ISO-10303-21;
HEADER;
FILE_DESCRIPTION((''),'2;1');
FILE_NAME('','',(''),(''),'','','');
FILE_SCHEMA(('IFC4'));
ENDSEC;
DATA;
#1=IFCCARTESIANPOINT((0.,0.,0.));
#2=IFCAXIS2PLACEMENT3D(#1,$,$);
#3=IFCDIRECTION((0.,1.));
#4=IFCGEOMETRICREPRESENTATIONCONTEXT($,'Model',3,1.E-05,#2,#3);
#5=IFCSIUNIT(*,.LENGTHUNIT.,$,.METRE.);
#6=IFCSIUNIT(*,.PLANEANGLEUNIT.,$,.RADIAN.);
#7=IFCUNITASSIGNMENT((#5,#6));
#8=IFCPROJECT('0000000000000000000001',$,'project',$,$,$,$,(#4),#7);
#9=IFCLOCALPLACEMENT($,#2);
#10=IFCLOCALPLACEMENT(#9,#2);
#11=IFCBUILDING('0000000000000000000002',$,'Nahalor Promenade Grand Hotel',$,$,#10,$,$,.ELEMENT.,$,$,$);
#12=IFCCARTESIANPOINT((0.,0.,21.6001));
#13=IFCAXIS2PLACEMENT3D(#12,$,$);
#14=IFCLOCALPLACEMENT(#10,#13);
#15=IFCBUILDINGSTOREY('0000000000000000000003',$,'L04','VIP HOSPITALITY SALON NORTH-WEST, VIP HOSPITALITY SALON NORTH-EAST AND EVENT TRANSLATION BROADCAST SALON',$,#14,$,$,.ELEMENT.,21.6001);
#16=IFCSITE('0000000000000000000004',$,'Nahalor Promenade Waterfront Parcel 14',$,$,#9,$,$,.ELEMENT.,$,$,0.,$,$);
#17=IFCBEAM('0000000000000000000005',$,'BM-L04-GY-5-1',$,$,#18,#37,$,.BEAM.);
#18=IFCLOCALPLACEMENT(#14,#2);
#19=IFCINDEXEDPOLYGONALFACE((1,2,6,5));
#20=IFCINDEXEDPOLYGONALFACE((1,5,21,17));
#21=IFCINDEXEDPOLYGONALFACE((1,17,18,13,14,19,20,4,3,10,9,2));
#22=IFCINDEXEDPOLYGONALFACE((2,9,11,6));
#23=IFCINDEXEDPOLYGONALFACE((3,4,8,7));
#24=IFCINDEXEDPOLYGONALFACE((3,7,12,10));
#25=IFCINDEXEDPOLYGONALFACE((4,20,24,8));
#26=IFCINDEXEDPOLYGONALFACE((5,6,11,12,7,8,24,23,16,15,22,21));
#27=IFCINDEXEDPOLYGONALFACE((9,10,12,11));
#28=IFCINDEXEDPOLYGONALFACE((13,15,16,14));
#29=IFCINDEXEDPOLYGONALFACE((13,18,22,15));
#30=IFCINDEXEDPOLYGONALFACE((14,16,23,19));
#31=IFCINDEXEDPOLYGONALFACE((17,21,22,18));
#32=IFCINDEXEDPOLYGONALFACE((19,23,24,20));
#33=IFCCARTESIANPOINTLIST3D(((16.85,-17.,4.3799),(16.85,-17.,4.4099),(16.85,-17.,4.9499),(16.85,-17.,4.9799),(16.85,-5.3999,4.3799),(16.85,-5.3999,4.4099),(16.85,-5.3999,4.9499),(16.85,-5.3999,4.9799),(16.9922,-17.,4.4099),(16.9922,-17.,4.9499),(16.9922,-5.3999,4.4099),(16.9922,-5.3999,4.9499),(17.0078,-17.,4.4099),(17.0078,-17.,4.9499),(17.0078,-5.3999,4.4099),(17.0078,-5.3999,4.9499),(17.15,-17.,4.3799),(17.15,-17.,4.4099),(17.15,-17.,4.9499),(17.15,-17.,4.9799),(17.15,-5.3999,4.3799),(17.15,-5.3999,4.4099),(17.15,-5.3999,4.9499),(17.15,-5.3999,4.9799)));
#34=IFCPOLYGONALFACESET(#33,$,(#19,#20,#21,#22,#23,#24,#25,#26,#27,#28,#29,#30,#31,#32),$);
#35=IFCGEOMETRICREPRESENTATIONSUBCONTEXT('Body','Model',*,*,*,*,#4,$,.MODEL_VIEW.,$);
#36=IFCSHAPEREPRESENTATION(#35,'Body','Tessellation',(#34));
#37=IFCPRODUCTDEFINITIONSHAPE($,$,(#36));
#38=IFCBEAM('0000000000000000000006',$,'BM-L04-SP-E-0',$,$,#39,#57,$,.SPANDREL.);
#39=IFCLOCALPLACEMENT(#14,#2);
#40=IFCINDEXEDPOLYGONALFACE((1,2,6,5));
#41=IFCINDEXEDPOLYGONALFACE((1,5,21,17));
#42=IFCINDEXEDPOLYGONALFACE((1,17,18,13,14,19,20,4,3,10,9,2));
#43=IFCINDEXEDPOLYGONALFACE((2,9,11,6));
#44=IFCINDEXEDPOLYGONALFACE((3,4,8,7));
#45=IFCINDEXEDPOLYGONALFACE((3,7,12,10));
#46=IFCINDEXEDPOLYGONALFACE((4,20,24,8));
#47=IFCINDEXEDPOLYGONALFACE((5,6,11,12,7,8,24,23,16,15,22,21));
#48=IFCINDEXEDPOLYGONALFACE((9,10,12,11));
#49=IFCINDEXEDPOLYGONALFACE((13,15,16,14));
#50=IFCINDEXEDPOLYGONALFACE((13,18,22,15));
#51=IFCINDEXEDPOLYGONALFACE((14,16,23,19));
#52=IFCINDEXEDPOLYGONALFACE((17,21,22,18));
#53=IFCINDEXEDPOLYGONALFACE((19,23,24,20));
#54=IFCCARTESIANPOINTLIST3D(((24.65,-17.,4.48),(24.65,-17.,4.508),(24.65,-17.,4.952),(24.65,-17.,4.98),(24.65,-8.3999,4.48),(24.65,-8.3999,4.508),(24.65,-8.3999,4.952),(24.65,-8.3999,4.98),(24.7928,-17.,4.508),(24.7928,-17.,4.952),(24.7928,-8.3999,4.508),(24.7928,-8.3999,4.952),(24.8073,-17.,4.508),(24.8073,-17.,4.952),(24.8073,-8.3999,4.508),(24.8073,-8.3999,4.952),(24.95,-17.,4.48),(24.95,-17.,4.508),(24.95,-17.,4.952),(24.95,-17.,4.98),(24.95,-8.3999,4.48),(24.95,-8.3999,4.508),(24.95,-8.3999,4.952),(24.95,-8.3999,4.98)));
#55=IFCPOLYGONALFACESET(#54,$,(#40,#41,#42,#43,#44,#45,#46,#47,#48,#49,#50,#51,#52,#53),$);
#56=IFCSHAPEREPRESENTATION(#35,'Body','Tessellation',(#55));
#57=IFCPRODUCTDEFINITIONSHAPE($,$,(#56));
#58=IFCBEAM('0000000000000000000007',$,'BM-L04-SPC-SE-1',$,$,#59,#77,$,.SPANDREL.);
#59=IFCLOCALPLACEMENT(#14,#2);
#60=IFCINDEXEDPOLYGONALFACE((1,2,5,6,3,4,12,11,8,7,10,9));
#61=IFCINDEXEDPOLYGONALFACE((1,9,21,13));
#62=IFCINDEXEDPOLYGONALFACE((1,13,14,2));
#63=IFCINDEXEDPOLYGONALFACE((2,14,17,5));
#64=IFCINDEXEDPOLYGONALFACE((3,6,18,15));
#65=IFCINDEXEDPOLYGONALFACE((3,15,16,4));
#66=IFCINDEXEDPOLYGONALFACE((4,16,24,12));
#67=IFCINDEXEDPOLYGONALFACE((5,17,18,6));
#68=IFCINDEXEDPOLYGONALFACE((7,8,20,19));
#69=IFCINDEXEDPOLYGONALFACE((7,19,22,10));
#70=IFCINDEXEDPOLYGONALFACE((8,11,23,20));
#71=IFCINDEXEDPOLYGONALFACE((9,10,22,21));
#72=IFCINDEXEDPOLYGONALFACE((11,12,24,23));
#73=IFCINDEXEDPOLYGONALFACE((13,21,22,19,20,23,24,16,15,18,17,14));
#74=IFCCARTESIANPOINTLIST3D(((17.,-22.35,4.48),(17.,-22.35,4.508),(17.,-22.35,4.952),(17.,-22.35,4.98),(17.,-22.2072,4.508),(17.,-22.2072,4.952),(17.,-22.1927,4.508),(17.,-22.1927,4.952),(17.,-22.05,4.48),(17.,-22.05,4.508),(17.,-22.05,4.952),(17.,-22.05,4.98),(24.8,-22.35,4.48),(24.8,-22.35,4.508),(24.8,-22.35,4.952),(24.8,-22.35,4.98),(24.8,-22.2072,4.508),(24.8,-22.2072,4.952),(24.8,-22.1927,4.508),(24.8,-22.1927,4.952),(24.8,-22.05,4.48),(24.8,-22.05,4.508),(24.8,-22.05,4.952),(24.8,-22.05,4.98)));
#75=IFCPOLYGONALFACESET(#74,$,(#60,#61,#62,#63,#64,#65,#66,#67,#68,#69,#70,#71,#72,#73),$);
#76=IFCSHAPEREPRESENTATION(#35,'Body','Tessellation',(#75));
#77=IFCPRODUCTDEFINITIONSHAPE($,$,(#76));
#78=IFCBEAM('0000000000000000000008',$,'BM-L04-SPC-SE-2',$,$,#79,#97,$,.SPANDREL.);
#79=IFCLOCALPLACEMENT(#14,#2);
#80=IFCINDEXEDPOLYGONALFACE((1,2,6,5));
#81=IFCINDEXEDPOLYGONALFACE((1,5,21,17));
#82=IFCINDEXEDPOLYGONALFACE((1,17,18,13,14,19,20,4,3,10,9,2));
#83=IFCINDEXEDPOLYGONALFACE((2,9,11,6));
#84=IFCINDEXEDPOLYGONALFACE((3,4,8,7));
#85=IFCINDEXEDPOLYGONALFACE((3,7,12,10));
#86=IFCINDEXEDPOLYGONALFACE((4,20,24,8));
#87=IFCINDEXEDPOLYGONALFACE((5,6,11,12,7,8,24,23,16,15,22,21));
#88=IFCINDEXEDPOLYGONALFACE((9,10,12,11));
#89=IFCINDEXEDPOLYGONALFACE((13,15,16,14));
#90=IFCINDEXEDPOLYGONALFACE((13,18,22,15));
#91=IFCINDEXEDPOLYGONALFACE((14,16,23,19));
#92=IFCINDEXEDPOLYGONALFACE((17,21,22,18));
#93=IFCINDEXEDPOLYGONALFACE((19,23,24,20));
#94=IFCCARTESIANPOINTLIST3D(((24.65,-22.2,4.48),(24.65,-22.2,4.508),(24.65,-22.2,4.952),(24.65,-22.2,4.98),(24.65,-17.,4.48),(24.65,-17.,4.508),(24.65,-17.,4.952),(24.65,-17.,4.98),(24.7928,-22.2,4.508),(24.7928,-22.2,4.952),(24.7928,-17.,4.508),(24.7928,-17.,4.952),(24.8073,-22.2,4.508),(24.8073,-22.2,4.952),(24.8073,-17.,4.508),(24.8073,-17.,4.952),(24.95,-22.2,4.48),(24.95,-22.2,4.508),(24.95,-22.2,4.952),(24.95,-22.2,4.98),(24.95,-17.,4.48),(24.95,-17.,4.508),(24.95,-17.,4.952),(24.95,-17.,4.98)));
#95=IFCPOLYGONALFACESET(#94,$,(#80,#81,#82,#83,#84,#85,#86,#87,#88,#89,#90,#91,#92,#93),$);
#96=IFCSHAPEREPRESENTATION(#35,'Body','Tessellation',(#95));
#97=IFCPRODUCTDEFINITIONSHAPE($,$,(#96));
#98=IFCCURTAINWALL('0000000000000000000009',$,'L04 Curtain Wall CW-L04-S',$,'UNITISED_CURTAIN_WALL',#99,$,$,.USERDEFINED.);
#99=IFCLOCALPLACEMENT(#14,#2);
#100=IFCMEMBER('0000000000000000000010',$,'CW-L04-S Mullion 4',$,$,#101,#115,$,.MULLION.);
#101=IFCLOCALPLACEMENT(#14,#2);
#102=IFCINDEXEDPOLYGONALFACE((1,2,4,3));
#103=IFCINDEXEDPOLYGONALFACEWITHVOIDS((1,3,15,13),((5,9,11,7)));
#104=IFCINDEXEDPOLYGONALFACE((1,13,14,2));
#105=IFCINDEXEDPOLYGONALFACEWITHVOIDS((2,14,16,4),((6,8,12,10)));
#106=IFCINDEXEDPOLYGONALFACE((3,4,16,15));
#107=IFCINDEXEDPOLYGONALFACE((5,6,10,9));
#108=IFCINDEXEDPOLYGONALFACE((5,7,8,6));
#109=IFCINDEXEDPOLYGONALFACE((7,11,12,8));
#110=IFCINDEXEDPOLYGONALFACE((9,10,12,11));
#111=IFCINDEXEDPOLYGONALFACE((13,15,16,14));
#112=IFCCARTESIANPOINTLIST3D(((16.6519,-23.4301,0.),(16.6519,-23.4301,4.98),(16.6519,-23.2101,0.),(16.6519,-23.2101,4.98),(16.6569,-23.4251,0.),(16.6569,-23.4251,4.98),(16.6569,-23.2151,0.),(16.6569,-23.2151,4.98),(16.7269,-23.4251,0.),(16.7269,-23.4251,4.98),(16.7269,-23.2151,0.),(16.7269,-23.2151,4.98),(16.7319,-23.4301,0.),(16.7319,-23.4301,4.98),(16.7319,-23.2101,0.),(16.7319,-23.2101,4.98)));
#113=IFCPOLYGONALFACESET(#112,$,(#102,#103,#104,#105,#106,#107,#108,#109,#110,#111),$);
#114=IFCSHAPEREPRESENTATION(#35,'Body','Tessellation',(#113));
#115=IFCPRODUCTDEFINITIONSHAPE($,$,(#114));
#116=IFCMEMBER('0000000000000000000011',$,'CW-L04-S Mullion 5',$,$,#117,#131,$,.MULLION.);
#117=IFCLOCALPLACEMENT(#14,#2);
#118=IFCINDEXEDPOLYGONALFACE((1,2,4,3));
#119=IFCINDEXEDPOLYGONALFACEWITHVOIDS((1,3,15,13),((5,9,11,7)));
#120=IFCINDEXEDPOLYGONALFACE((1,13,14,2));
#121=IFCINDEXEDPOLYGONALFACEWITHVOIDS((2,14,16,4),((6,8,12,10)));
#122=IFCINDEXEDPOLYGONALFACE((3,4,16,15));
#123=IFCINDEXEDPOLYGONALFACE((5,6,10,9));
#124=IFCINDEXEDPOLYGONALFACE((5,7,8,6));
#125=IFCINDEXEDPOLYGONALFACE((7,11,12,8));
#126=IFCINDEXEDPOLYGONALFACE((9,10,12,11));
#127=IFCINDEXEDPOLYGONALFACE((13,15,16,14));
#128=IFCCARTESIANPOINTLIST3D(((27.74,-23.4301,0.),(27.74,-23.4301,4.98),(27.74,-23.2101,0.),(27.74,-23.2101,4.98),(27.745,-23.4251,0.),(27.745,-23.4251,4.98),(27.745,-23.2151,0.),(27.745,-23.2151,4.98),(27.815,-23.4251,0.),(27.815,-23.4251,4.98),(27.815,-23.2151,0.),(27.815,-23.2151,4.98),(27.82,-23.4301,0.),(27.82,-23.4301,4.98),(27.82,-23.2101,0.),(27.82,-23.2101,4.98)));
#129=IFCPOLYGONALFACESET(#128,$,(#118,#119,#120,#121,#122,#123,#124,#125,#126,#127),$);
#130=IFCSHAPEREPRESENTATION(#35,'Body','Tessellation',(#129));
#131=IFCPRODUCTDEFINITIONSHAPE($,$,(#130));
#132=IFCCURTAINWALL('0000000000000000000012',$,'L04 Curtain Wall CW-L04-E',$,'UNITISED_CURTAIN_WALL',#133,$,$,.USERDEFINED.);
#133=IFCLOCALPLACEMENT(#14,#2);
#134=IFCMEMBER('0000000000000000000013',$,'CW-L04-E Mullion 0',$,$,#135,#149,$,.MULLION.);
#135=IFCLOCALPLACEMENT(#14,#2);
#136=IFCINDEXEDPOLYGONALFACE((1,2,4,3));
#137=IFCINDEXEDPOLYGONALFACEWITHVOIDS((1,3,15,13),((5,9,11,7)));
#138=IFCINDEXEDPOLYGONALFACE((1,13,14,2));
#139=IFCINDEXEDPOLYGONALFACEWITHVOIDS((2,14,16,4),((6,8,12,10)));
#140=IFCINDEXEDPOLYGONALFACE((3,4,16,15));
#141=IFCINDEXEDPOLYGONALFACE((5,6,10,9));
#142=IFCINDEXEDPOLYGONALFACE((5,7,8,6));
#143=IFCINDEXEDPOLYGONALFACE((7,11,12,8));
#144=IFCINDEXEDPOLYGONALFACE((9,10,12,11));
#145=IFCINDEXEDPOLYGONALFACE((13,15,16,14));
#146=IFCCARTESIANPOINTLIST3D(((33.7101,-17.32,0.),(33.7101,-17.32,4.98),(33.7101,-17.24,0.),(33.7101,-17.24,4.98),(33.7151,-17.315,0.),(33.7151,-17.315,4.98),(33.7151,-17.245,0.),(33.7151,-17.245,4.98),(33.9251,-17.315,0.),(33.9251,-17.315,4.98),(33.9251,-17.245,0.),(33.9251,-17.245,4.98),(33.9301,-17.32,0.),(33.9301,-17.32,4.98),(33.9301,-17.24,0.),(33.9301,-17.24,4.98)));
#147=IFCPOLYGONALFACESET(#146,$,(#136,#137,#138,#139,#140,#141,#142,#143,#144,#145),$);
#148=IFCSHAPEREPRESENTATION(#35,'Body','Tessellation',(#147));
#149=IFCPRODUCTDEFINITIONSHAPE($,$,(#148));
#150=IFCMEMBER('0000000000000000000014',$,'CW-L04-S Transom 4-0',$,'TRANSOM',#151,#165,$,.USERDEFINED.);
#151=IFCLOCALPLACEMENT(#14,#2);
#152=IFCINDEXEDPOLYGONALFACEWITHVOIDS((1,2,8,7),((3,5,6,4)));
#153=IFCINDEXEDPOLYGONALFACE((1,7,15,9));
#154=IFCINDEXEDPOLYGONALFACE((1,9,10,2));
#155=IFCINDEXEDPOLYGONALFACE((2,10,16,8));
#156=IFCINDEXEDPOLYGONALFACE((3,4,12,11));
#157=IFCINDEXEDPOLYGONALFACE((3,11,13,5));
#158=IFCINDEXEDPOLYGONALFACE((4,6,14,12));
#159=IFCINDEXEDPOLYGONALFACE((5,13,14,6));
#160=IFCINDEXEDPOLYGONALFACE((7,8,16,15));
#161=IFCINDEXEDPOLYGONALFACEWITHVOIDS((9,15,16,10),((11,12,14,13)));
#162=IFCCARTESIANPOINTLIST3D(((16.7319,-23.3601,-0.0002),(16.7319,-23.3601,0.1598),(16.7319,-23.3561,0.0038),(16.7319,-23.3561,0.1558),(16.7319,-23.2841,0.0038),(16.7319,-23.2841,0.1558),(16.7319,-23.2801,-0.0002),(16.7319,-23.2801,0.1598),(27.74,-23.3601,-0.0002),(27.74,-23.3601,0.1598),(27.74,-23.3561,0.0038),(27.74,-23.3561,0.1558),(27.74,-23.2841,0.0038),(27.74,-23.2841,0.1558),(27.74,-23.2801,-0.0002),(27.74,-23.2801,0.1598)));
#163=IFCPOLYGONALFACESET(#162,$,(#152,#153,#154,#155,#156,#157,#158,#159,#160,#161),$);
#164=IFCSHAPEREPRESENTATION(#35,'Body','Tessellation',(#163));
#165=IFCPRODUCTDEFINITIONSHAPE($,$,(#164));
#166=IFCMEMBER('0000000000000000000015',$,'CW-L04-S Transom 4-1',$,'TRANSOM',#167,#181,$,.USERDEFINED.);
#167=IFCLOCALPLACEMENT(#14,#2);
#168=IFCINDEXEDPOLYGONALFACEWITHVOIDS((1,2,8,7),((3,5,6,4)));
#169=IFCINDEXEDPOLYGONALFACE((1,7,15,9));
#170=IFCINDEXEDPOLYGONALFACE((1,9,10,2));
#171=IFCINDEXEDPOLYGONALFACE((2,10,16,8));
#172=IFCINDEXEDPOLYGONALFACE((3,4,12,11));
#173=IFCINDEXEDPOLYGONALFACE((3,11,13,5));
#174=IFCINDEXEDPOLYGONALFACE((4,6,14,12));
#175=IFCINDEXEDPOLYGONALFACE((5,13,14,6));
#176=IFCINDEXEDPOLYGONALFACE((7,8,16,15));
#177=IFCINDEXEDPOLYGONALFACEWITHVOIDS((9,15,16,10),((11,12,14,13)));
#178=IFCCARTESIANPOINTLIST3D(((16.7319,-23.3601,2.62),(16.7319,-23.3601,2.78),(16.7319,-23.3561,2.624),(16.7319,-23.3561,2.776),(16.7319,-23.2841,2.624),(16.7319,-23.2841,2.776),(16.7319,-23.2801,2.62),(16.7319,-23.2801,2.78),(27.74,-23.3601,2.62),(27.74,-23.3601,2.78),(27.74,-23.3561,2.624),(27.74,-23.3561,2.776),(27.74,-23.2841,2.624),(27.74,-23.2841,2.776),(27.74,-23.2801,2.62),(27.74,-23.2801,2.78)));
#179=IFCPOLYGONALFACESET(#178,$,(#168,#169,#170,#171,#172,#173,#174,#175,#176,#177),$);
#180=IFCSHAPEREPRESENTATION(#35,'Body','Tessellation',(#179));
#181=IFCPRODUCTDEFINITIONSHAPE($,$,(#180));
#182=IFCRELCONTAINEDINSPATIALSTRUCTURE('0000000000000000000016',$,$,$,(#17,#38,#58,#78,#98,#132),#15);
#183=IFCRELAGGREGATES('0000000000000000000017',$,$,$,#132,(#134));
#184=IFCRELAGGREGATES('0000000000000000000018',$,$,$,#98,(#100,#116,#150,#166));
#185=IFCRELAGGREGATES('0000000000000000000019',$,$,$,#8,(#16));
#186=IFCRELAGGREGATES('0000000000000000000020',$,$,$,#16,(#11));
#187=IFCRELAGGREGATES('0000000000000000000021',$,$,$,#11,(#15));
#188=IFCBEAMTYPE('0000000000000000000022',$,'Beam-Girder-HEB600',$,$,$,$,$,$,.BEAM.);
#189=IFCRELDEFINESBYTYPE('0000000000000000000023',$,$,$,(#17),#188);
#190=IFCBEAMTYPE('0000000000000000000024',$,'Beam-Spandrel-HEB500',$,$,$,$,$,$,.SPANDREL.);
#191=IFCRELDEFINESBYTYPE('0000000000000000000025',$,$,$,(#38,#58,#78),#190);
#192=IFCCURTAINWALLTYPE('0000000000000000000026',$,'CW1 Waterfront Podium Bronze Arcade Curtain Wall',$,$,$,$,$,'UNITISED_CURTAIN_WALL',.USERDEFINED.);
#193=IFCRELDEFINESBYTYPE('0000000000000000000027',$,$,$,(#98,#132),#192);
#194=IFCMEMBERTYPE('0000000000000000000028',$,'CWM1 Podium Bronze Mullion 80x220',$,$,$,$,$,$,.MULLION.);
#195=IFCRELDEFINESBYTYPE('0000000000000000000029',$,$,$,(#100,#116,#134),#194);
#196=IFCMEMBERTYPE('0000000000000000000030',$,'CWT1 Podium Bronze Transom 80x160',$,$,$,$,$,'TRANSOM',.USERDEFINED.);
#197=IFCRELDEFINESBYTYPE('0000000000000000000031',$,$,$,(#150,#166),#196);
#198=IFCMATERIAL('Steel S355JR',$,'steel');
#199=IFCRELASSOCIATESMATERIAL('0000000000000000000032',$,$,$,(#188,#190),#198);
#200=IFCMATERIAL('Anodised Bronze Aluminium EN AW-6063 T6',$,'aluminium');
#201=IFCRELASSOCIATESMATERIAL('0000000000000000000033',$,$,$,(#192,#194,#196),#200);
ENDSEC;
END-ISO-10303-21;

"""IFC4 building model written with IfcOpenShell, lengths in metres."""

from ifc_helpers import new_model, si_unit, direction, frame, origin, origin_2d, place, context, subcontext, project, spatial, hollow_rectangle, i_section, extrude, source, transform, mapped, material, material_profile, profile_set, type_object, element, aggregate, save


model = new_model("IFC4")

# Units and contexts
model_context = context("Model", 3, precision=1e-05, world=origin(), true_north=direction((0.0, 1.0)))
body_context = subcontext(model_context, "Body", "Model", "MODEL_VIEW")
ifc_project = project(units=[si_unit("LENGTHUNIT", "METRE"), si_unit("PLANEANGLEUNIT", "RADIAN")], contexts=[model_context])

# Site, building, storey
site_placement = place(None, origin())
site = spatial("IfcSite", under=ifc_project, at=site_placement, Name="Nahalor Promenade Waterfront Parcel 14", CompositionType="ELEMENT", RefElevation=0.0)
building_placement = place(site_placement, origin())
building = spatial("IfcBuilding", under=site, at=building_placement, Name="Nahalor Promenade Grand Hotel", CompositionType="ELEMENT")
storey_placement = place(building_placement, frame((0.0, 0.0, 21.6001)))
storey = spatial("IfcBuildingStorey", under=building, at=storey_placement, Name="L04", Description="VIP HOSPITALITY SALON NORTH-WEST, VIP HOSPITALITY SALON NORTH-EAST AND EVENT TRANSLATION BROADCAST SALON", CompositionType="ELEMENT", Elevation=21.6001)

# Beams
ifc_material_1 = material(Name="Steel S355JR", Category="steel")
ifc_material_profile_1 = material_profile(ifc_material_1, i_section(OverallWidth=0.3, OverallDepth=0.6, WebThickness=0.0155, FlangeThickness=0.03, at=origin_2d()), Name="HEB 600")
ifc_profile_set_1 = profile_set([ifc_material_profile_1], Name="Steel S355JR")
beam_type_1 = type_object("IfcBeamType", Name="Beam-Girder-HEB600", PredefinedType="BEAM", material=ifc_profile_set_1)
shared_shape_1 = source(origin(), body_context, "Body", "SweptSolid", [
    extrude(i_section(OverallWidth=0.3, OverallDepth=0.6, WebThickness=0.0155, FlangeThickness=0.03, at=origin_2d()), origin(), (0.0, 0.0, 1.0), 11.6001),
])
beam_1_placement = place(storey_placement, frame((17.0, -17.0, 4.6799), z_axis=(0.0, 1.0, 0.0), x_axis=(-1.0, 0.0, 0.0)))
element("IfcBeam", 1, at=beam_1_placement, inside=storey, type_object=beam_type_1, Name="BM-L04-GY-5-1", PredefinedType="BEAM", context=body_context, shape_type="MappedRepresentation", body=[
    mapped(shared_shape_1, transform((0.0, 0.0, 0.0), scale=1.0)),
])
ifc_material_profile_2 = material_profile(ifc_material_1, i_section(OverallWidth=0.3, OverallDepth=0.5, WebThickness=0.0145, FlangeThickness=0.028, at=origin_2d()), Name="HEB 500")
ifc_profile_set_2 = profile_set([ifc_material_profile_2], Name="Steel S355JR")
beam_type_2 = type_object("IfcBeamType", Name="Beam-Spandrel-HEB500", PredefinedType="SPANDREL", material=ifc_profile_set_2)
shared_shape_2 = source(origin(), body_context, "Body", "SweptSolid", [
    extrude(i_section(OverallWidth=0.3, OverallDepth=0.5, WebThickness=0.0145, FlangeThickness=0.028, at=origin_2d()), origin(), (0.0, 0.0, 1.0), 8.6001),
])
beam_2_placement = place(storey_placement, frame((24.8, -17.0, 4.73), z_axis=(0.0, 1.0, 0.0), x_axis=(-1.0, 0.0, 0.0)))
element("IfcBeam", 2, at=beam_2_placement, inside=storey, type_object=beam_type_2, Name="BM-L04-SP-E-0", PredefinedType="SPANDREL", context=body_context, shape_type="MappedRepresentation", body=[
    mapped(shared_shape_2, transform((0.0, 0.0, 0.0), scale=1.0)),
])
shared_shape_3 = source(origin(), body_context, "Body", "SweptSolid", [
    extrude(i_section(OverallWidth=0.3, OverallDepth=0.5, WebThickness=0.0145, FlangeThickness=0.028, at=origin_2d()), origin(), (0.0, 0.0, 1.0), 7.8),
])
beam_3_placement = place(storey_placement, frame((17.0, -22.2, 4.73), z_axis=(1.0, 0.0, 0.0), x_axis=(0.0, 1.0, 0.0)))
element("IfcBeam", 3, at=beam_3_placement, inside=storey, type_object=beam_type_2, Name="BM-L04-SPC-SE-1", PredefinedType="SPANDREL", context=body_context, shape_type="MappedRepresentation", body=[
    mapped(shared_shape_3, transform((0.0, 0.0, 0.0), scale=1.0)),
])
shared_shape_4 = source(origin(), body_context, "Body", "SweptSolid", [
    extrude(i_section(OverallWidth=0.3, OverallDepth=0.5, WebThickness=0.0145, FlangeThickness=0.028, at=origin_2d()), origin(), (0.0, 0.0, 1.0), 5.2),
])
beam_4_placement = place(storey_placement, frame((24.8, -22.2, 4.73), z_axis=(0.0, 1.0, 0.0), x_axis=(-1.0, 0.0, 0.0)))
element("IfcBeam", 4, at=beam_4_placement, inside=storey, type_object=beam_type_2, Name="BM-L04-SPC-SE-2", PredefinedType="SPANDREL", context=body_context, shape_type="MappedRepresentation", body=[
    mapped(shared_shape_4, transform((0.0, 0.0, 0.0), scale=1.0)),
])

# Curtain wall, members
ifc_material_2 = material(Name="Anodised Bronze Aluminium EN AW-6063 T6", Category="aluminium")
curtain_wall_type = type_object("IfcCurtainWallType", Name="CW1 Waterfront Podium Bronze Arcade Curtain Wall", ElementType="UNITISED_CURTAIN_WALL", PredefinedType="USERDEFINED", material=ifc_material_2)
curtain_wall_1_placement = place(storey_placement, origin())
curtain_wall_1 = element("IfcCurtainWall", 5, at=curtain_wall_1_placement, inside=storey, type_object=curtain_wall_type, Name="L04 Curtain Wall CW-L04-S", ObjectType="UNITISED_CURTAIN_WALL", PredefinedType="USERDEFINED")
ifc_material_profile_3 = material_profile(ifc_material_2, hollow_rectangle(XDim=0.08, YDim=0.22, WallThickness=0.005, at=origin_2d()), Name="CWM 80x220x5")
ifc_profile_set_3 = profile_set([ifc_material_profile_3], Name="Anodised Bronze Aluminium EN AW-6063 T6")
member_type_1 = type_object("IfcMemberType", Name="CWM1 Podium Bronze Mullion 80x220", PredefinedType="MULLION", material=ifc_profile_set_3)
shared_shape_5 = source(origin(), body_context, "Body", "SweptSolid", [
    extrude(hollow_rectangle(XDim=0.08, YDim=0.22, WallThickness=0.005, at=origin_2d()), origin(), (0.0, 0.0, 1.0), 4.98),
])
member_1_placement = place(storey_placement, frame((16.6919, -23.3201, 0.0), z_axis=(0.0, 0.0, 1.0), x_axis=(1.0, 0.0, 0.0)))
member_1 = element("IfcMember", 6, at=member_1_placement, type_object=member_type_1, Name="CW-L04-S Mullion 4", PredefinedType="MULLION", context=body_context, shape_type="MappedRepresentation", body=[
    mapped(shared_shape_5, transform((0.0, 0.0, 0.0), scale=1.0)),
])
member_2_placement = place(storey_placement, frame((27.78, -23.3201, 0.0), z_axis=(0.0, 0.0, 1.0), x_axis=(1.0, 0.0, 0.0)))
member_2 = element("IfcMember", 7, at=member_2_placement, type_object=member_type_1, Name="CW-L04-S Mullion 5", PredefinedType="MULLION", context=body_context, shape_type="MappedRepresentation", body=[
    mapped(shared_shape_5, transform((0.0, 0.0, 0.0), scale=1.0)),
])

# Curtain wall, member
curtain_wall_2_placement = place(storey_placement, origin())
curtain_wall_2 = element("IfcCurtainWall", 8, at=curtain_wall_2_placement, inside=storey, type_object=curtain_wall_type, Name="L04 Curtain Wall CW-L04-E", ObjectType="UNITISED_CURTAIN_WALL", PredefinedType="USERDEFINED")
member_3_placement = place(storey_placement, frame((33.8201, -17.28, 0.0), z_axis=(0.0, 0.0, 1.0), x_axis=(0.0, 1.0, 0.0)))
member_3 = element("IfcMember", 9, at=member_3_placement, type_object=member_type_1, Name="CW-L04-E Mullion 0", PredefinedType="MULLION", context=body_context, shape_type="MappedRepresentation", body=[
    mapped(shared_shape_5, transform((0.0, 0.0, 0.0), scale=1.0)),
])

# Members
ifc_material_profile_4 = material_profile(ifc_material_2, hollow_rectangle(XDim=0.08, YDim=0.16, WallThickness=0.004, at=origin_2d()), Name="CWT 80x160x4")
ifc_profile_set_4 = profile_set([ifc_material_profile_4], Name="Anodised Bronze Aluminium EN AW-6063 T6")
member_type_2 = type_object("IfcMemberType", Name="CWT1 Podium Bronze Transom 80x160", ElementType="TRANSOM", PredefinedType="USERDEFINED", material=ifc_profile_set_4)
shared_shape_6 = source(origin(), body_context, "Body", "SweptSolid", [
    extrude(hollow_rectangle(XDim=0.08, YDim=0.16, WallThickness=0.004, at=origin_2d()), origin(), (0.0, 0.0, 1.0), 11.0081),
])
member_4_placement = place(storey_placement, frame((16.7319, -23.3201, 0.0798), z_axis=(1.0, 0.0, 0.0), x_axis=(0.0, 1.0, 0.0)))
member_4 = element("IfcMember", 10, at=member_4_placement, type_object=member_type_2, Name="CW-L04-S Transom 4-0", ObjectType="TRANSOM", PredefinedType="USERDEFINED", context=body_context, shape_type="MappedRepresentation", body=[
    mapped(shared_shape_6, transform((0.0, 0.0, 0.0), scale=1.0)),
])
member_5_placement = place(storey_placement, frame((16.7319, -23.3201, 2.7), z_axis=(1.0, 0.0, 0.0), x_axis=(0.0, 1.0, 0.0)))
member_5 = element("IfcMember", 11, at=member_5_placement, type_object=member_type_2, Name="CW-L04-S Transom 4-1", ObjectType="TRANSOM", PredefinedType="USERDEFINED", context=body_context, shape_type="MappedRepresentation", body=[
    mapped(shared_shape_6, transform((0.0, 0.0, 0.0), scale=1.0)),
])
aggregate(curtain_wall_2, [member_3])

aggregate(curtain_wall_1, [member_1, member_2, member_4, member_5])

save(model, "model.ifc")
